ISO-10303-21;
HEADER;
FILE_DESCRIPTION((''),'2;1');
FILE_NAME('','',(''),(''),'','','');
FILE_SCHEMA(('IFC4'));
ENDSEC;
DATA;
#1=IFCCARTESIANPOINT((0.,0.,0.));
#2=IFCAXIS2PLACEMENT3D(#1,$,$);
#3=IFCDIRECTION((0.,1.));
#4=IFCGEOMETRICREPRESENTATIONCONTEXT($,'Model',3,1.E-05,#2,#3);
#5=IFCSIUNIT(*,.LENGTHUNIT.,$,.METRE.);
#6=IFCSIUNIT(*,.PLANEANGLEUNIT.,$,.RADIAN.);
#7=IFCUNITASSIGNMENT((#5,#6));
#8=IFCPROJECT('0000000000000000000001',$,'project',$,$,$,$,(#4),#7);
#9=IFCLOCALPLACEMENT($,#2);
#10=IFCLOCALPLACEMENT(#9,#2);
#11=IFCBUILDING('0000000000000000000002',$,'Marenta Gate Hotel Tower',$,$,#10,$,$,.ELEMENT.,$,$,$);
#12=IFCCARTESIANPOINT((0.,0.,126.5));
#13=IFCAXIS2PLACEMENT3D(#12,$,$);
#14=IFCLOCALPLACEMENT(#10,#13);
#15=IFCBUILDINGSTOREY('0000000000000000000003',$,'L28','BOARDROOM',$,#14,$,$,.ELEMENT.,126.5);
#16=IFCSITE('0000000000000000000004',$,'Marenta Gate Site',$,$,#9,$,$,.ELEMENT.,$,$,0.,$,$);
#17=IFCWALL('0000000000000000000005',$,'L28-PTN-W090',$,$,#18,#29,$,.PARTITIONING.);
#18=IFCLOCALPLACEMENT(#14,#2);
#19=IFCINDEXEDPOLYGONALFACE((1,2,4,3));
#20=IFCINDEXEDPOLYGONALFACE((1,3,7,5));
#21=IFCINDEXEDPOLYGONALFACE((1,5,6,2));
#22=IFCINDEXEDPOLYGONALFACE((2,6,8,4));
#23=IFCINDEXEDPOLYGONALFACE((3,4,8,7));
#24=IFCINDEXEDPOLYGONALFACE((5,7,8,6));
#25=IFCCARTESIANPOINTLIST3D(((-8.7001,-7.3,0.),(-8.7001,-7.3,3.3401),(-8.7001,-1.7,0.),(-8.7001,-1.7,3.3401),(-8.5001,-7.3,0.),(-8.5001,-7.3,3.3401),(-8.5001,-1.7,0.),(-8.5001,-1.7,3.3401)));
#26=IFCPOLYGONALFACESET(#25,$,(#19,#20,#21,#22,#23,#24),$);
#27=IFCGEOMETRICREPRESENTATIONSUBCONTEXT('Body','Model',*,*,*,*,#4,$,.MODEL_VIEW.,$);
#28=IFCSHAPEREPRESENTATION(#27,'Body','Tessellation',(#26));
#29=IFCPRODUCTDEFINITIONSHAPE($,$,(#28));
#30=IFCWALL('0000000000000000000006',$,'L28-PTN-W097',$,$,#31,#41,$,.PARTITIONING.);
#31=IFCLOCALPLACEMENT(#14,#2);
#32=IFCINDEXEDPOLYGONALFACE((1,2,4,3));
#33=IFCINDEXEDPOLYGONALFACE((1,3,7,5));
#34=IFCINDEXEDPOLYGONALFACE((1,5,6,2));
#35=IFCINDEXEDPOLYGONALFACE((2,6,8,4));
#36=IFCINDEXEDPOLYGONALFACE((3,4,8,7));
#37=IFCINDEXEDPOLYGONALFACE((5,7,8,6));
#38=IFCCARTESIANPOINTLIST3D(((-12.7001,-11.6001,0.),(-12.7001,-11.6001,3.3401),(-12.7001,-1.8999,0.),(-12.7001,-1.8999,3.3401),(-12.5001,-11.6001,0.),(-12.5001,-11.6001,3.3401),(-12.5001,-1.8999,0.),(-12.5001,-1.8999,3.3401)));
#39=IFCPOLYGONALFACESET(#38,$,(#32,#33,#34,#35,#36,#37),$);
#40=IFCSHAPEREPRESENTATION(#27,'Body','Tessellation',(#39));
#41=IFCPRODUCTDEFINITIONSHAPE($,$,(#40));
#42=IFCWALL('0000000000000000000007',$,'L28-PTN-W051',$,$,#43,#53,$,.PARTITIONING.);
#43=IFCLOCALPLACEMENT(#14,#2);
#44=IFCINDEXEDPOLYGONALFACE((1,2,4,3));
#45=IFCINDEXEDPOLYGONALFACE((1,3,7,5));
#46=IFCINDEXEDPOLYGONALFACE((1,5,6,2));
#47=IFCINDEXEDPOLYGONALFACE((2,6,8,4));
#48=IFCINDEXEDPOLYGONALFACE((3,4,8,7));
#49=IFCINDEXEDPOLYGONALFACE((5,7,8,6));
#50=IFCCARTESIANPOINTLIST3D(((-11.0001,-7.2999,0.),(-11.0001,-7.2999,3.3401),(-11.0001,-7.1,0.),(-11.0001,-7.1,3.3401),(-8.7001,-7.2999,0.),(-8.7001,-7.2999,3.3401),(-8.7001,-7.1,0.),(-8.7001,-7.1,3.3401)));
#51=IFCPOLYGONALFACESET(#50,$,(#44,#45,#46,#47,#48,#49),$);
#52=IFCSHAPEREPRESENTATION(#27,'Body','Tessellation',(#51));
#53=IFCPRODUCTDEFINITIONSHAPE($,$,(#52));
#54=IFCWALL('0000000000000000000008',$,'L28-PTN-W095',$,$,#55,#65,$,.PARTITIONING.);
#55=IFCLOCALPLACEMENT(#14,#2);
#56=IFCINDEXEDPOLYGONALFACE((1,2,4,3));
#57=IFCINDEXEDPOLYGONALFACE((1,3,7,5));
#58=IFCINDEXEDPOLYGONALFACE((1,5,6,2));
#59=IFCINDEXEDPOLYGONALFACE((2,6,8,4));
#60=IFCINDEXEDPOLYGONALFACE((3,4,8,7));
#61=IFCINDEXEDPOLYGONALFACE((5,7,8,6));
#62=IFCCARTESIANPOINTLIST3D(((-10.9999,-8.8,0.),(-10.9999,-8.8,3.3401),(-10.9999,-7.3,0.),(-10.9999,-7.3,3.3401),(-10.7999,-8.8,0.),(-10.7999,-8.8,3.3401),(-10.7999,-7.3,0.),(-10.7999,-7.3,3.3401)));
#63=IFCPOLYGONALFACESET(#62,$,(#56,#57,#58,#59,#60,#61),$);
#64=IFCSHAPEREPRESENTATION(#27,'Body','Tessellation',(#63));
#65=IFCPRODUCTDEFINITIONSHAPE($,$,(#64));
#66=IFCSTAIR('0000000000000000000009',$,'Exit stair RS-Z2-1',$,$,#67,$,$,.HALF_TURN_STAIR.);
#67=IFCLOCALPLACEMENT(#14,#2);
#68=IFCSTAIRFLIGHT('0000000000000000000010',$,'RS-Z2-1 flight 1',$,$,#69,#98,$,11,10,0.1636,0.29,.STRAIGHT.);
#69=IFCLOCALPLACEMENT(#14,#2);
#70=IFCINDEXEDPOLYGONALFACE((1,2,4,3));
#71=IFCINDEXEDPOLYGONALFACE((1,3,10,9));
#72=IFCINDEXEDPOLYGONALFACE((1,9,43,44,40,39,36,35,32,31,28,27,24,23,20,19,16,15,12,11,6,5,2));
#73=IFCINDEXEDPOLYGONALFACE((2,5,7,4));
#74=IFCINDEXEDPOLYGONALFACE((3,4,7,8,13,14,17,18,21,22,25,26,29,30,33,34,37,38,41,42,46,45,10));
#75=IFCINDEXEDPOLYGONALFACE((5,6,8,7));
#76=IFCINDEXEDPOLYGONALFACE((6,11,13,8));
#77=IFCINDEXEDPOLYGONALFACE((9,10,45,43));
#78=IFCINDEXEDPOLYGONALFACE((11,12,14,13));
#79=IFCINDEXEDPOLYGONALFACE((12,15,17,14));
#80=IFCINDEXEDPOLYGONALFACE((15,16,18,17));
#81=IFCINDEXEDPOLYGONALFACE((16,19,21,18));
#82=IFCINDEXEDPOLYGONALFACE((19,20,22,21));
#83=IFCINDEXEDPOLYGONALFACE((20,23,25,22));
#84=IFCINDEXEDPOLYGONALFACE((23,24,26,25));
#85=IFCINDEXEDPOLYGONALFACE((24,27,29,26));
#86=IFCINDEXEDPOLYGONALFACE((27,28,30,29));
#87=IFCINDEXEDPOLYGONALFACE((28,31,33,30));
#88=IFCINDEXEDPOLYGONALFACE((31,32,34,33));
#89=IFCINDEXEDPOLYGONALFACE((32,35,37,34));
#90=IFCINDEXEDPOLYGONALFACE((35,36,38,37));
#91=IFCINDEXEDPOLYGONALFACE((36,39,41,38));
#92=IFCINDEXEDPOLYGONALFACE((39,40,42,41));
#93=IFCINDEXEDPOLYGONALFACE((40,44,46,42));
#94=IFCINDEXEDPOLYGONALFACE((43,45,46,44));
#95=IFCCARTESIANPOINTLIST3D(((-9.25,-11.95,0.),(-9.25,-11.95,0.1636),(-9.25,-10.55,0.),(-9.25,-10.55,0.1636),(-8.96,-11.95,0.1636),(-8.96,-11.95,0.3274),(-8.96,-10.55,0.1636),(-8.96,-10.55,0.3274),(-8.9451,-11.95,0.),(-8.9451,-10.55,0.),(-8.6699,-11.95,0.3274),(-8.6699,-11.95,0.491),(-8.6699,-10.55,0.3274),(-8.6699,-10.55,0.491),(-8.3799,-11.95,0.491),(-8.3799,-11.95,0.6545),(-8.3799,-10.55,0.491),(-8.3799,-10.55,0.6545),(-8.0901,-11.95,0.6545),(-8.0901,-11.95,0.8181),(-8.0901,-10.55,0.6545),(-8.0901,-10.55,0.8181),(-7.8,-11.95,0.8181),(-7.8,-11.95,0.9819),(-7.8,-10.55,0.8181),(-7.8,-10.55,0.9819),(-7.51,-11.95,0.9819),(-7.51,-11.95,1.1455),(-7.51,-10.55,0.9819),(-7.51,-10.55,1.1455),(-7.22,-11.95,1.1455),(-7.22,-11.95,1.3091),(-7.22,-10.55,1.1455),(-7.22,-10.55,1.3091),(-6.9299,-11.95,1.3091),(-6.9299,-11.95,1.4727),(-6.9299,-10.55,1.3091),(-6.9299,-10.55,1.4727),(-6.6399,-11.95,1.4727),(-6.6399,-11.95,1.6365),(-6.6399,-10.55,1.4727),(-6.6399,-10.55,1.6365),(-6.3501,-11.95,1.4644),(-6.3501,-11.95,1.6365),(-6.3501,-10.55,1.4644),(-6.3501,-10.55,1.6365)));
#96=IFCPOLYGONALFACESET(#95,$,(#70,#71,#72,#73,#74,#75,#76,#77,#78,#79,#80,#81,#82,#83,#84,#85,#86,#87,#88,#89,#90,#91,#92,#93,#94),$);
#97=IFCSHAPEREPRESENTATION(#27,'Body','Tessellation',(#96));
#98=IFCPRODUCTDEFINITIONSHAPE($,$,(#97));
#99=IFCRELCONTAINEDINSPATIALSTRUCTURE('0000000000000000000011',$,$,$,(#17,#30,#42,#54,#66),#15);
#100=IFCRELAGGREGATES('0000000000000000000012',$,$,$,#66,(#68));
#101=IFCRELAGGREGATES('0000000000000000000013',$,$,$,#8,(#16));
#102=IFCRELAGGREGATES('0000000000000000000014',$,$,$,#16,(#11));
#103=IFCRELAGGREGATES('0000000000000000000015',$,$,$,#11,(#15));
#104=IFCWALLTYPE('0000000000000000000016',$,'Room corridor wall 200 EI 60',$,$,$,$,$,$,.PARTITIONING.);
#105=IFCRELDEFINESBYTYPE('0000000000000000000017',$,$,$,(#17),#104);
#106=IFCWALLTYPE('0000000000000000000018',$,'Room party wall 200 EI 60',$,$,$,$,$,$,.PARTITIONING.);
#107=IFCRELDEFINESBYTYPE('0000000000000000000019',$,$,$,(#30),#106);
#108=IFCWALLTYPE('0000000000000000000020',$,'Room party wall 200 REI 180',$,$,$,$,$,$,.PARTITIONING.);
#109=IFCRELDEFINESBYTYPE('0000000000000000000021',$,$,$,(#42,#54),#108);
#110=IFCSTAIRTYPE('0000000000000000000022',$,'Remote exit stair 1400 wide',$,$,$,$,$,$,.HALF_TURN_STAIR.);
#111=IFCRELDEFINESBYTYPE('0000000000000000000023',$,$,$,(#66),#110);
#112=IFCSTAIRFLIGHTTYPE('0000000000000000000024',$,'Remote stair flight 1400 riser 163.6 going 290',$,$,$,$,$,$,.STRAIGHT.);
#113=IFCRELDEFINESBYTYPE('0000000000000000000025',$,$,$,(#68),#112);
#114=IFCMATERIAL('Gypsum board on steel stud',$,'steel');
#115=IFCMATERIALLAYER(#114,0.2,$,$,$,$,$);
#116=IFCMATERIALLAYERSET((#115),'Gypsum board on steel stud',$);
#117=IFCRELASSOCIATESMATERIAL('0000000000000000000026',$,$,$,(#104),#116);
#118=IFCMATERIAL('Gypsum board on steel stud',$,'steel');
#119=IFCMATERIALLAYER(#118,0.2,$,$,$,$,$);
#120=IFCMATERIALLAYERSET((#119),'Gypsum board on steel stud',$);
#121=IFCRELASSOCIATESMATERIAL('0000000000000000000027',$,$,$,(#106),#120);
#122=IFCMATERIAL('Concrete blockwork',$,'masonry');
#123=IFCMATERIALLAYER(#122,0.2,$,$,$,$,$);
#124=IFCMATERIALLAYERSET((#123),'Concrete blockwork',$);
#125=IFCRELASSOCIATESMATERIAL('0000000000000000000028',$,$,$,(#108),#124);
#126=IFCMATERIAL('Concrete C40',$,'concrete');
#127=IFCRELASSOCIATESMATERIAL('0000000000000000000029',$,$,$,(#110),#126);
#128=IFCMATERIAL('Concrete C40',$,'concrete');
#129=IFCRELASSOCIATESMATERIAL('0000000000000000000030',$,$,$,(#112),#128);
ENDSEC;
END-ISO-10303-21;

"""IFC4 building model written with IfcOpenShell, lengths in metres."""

from ifc_helpers import new_model, si_unit, direction, frame, frame_2d, origin, place, context, subcontext, project, spatial, polyline, rectangle, outline, extrude, material, layer, layer_set, type_object, element, aggregate, save


model = new_model("IFC4")

# Units and contexts
model_context = context("Model", 3, precision=1e-05, world=origin(), true_north=direction((0.0, 1.0)))
body_context = subcontext(model_context, "Body", "Model", "MODEL_VIEW")
ifc_project = project(units=[si_unit("LENGTHUNIT", "METRE"), si_unit("PLANEANGLEUNIT", "RADIAN")], contexts=[model_context])

# Site, building, storey
site_placement = place(None, origin())
site = spatial("IfcSite", under=ifc_project, at=site_placement, Name="Marenta Gate Site", CompositionType="ELEMENT", RefElevation=0.0)
building_placement = place(site_placement, origin())
building = spatial("IfcBuilding", under=site, at=building_placement, Name="Marenta Gate Hotel Tower", CompositionType="ELEMENT")
storey_placement = place(building_placement, frame((0.0, 0.0, 126.5)))
storey = spatial("IfcBuildingStorey", under=building, at=storey_placement, Name="L28", Description="BOARDROOM", CompositionType="ELEMENT", Elevation=126.5)

# Wall
ifc_material_1 = material(Name="Gypsum board on steel stud", Category="steel")
ifc_layer_1 = layer(ifc_material_1, 0.2)
ifc_layer_set_1 = layer_set([ifc_layer_1], Name="Gypsum board on steel stud")
wall_type_1 = type_object("IfcWallType", Name="Room corridor wall 200 EI 60", PredefinedType="PARTITIONING", material=ifc_layer_set_1)
wall_1_placement = place(storey_placement, frame((-8.6001, -7.3, 0.0), z_axis=(0.0, 0.0, 1.0), x_axis=(0.0, 1.0, 0.0)))
element("IfcWall", 1, at=wall_1_placement, inside=storey, type_object=wall_type_1, Name="L28-PTN-W090", PredefinedType="PARTITIONING", context=body_context, shape_type="SweptSolid", body=[
    extrude(rectangle(XDim=5.6001, YDim=0.2, at=frame_2d((2.8, 0.0))), origin(), (0.0, 0.0, 1.0), 3.3401),
])

# Walls
ifc_material_2 = material(Name="Gypsum board on steel stud", Category="steel")
ifc_layer_2 = layer(ifc_material_2, 0.2)
ifc_layer_set_2 = layer_set([ifc_layer_2], Name="Gypsum board on steel stud")
wall_type_2 = type_object("IfcWallType", Name="Room party wall 200 EI 60", PredefinedType="PARTITIONING", material=ifc_layer_set_2)
wall_2_placement = place(storey_placement, frame((-12.6001, -11.6001, 0.0), z_axis=(0.0, 0.0, 1.0), x_axis=(0.0, 1.0, 0.0)))
element("IfcWall", 2, at=wall_2_placement, inside=storey, type_object=wall_type_2, Name="L28-PTN-W097", PredefinedType="PARTITIONING", context=body_context, shape_type="SweptSolid", body=[
    extrude(rectangle(XDim=9.7002, YDim=0.2, at=frame_2d((4.8501, 0.0))), origin(), (0.0, 0.0, 1.0), 3.3401),
])
ifc_material_3 = material(Name="Concrete blockwork", Category="masonry")
ifc_layer_3 = layer(ifc_material_3, 0.2)
ifc_layer_set_3 = layer_set([ifc_layer_3], Name="Concrete blockwork")
wall_type_3 = type_object("IfcWallType", Name="Room party wall 200 REI 180", PredefinedType="PARTITIONING", material=ifc_layer_set_3)
wall_3_placement = place(storey_placement, frame((-11.0, -7.2, 0.0), z_axis=(0.0, 0.0, 1.0), x_axis=(1.0, 0.0, 0.0)))
element("IfcWall", 3, at=wall_3_placement, inside=storey, type_object=wall_type_3, Name="L28-PTN-W051", PredefinedType="PARTITIONING", context=body_context, shape_type="SweptSolid", body=[
    extrude(rectangle(XDim=2.3, YDim=0.2, at=frame_2d((1.1499, 0.0))), origin(), (0.0, 0.0, 1.0), 3.3401),
])
wall_4_placement = place(storey_placement, frame((-10.8999, -8.8, 0.0), z_axis=(0.0, 0.0, 1.0), x_axis=(0.0, 1.0, 0.0)))
element("IfcWall", 4, at=wall_4_placement, inside=storey, type_object=wall_type_3, Name="L28-PTN-W095", PredefinedType="PARTITIONING", context=body_context, shape_type="SweptSolid", body=[
    extrude(rectangle(XDim=1.5, YDim=0.2, at=frame_2d((0.75, 0.0))), origin(), (0.0, 0.0, 1.0), 3.3401),
])

# Stair, stair flight
ifc_material_4 = material(Name="Concrete C40", Category="concrete")
stair_type = type_object("IfcStairType", Name="Remote exit stair 1400 wide", PredefinedType="HALF_TURN_STAIR", material=ifc_material_4)
stair_placement = place(storey_placement, origin())
stair = element("IfcStair", 5, at=stair_placement, inside=storey, type_object=stair_type, Name="Exit stair RS-Z2-1", PredefinedType="HALF_TURN_STAIR")
ifc_material_5 = material(Name="Concrete C40", Category="concrete")
stair_flight_type = type_object("IfcStairFlightType", Name="Remote stair flight 1400 riser 163.6 going 290", PredefinedType="STRAIGHT", material=ifc_material_5)
stair_flight_placement = place(storey_placement, frame((-9.25, -11.25, 0.0), z_axis=(0.0, 0.0, 1.0), x_axis=(1.0, 0.0, 0.0)))
stair_flight = element("IfcStairFlight", 6, at=stair_flight_placement, type_object=stair_flight_type, Name="RS-Z2-1 flight 1", NumberOfRisers=11, NumberOfTreads=10, PredefinedType="STRAIGHT", RiserHeight=0.1636, TreadLength=0.29, context=body_context, shape_type="SweptSolid", body=[
    extrude(outline(polyline([(0.0, 0.0), (0.0, 0.1636), (0.29, 0.1636), (0.29, 0.3274), (0.5801, 0.3274), (0.5801, 0.491), (0.8701, 0.491), (0.8701, 0.6545), (1.1599, 0.6545), (1.1599, 0.8181), (1.45, 0.8181), (1.45, 0.9819), (1.74, 0.9819), (1.74, 1.1455), (2.03, 1.1455), (2.03, 1.3091), (2.3201, 1.3091), (2.3201, 1.4727), (2.6101, 1.4727), (2.6101, 1.6365), (2.8999, 1.6365), (2.8999, 1.8), (2.8999, 1.4644), (0.3049, 0.0), (0.0, 0.0)])), frame((0.0, 0.7, 0.0), z_axis=(0.0, -1.0, 0.0), x_axis=(1.0, 0.0, 0.0)), (0.0, 0.0, 1.0), 1.3999),
])
aggregate(stair, [stair_flight])

save(model, "model.ifc")
